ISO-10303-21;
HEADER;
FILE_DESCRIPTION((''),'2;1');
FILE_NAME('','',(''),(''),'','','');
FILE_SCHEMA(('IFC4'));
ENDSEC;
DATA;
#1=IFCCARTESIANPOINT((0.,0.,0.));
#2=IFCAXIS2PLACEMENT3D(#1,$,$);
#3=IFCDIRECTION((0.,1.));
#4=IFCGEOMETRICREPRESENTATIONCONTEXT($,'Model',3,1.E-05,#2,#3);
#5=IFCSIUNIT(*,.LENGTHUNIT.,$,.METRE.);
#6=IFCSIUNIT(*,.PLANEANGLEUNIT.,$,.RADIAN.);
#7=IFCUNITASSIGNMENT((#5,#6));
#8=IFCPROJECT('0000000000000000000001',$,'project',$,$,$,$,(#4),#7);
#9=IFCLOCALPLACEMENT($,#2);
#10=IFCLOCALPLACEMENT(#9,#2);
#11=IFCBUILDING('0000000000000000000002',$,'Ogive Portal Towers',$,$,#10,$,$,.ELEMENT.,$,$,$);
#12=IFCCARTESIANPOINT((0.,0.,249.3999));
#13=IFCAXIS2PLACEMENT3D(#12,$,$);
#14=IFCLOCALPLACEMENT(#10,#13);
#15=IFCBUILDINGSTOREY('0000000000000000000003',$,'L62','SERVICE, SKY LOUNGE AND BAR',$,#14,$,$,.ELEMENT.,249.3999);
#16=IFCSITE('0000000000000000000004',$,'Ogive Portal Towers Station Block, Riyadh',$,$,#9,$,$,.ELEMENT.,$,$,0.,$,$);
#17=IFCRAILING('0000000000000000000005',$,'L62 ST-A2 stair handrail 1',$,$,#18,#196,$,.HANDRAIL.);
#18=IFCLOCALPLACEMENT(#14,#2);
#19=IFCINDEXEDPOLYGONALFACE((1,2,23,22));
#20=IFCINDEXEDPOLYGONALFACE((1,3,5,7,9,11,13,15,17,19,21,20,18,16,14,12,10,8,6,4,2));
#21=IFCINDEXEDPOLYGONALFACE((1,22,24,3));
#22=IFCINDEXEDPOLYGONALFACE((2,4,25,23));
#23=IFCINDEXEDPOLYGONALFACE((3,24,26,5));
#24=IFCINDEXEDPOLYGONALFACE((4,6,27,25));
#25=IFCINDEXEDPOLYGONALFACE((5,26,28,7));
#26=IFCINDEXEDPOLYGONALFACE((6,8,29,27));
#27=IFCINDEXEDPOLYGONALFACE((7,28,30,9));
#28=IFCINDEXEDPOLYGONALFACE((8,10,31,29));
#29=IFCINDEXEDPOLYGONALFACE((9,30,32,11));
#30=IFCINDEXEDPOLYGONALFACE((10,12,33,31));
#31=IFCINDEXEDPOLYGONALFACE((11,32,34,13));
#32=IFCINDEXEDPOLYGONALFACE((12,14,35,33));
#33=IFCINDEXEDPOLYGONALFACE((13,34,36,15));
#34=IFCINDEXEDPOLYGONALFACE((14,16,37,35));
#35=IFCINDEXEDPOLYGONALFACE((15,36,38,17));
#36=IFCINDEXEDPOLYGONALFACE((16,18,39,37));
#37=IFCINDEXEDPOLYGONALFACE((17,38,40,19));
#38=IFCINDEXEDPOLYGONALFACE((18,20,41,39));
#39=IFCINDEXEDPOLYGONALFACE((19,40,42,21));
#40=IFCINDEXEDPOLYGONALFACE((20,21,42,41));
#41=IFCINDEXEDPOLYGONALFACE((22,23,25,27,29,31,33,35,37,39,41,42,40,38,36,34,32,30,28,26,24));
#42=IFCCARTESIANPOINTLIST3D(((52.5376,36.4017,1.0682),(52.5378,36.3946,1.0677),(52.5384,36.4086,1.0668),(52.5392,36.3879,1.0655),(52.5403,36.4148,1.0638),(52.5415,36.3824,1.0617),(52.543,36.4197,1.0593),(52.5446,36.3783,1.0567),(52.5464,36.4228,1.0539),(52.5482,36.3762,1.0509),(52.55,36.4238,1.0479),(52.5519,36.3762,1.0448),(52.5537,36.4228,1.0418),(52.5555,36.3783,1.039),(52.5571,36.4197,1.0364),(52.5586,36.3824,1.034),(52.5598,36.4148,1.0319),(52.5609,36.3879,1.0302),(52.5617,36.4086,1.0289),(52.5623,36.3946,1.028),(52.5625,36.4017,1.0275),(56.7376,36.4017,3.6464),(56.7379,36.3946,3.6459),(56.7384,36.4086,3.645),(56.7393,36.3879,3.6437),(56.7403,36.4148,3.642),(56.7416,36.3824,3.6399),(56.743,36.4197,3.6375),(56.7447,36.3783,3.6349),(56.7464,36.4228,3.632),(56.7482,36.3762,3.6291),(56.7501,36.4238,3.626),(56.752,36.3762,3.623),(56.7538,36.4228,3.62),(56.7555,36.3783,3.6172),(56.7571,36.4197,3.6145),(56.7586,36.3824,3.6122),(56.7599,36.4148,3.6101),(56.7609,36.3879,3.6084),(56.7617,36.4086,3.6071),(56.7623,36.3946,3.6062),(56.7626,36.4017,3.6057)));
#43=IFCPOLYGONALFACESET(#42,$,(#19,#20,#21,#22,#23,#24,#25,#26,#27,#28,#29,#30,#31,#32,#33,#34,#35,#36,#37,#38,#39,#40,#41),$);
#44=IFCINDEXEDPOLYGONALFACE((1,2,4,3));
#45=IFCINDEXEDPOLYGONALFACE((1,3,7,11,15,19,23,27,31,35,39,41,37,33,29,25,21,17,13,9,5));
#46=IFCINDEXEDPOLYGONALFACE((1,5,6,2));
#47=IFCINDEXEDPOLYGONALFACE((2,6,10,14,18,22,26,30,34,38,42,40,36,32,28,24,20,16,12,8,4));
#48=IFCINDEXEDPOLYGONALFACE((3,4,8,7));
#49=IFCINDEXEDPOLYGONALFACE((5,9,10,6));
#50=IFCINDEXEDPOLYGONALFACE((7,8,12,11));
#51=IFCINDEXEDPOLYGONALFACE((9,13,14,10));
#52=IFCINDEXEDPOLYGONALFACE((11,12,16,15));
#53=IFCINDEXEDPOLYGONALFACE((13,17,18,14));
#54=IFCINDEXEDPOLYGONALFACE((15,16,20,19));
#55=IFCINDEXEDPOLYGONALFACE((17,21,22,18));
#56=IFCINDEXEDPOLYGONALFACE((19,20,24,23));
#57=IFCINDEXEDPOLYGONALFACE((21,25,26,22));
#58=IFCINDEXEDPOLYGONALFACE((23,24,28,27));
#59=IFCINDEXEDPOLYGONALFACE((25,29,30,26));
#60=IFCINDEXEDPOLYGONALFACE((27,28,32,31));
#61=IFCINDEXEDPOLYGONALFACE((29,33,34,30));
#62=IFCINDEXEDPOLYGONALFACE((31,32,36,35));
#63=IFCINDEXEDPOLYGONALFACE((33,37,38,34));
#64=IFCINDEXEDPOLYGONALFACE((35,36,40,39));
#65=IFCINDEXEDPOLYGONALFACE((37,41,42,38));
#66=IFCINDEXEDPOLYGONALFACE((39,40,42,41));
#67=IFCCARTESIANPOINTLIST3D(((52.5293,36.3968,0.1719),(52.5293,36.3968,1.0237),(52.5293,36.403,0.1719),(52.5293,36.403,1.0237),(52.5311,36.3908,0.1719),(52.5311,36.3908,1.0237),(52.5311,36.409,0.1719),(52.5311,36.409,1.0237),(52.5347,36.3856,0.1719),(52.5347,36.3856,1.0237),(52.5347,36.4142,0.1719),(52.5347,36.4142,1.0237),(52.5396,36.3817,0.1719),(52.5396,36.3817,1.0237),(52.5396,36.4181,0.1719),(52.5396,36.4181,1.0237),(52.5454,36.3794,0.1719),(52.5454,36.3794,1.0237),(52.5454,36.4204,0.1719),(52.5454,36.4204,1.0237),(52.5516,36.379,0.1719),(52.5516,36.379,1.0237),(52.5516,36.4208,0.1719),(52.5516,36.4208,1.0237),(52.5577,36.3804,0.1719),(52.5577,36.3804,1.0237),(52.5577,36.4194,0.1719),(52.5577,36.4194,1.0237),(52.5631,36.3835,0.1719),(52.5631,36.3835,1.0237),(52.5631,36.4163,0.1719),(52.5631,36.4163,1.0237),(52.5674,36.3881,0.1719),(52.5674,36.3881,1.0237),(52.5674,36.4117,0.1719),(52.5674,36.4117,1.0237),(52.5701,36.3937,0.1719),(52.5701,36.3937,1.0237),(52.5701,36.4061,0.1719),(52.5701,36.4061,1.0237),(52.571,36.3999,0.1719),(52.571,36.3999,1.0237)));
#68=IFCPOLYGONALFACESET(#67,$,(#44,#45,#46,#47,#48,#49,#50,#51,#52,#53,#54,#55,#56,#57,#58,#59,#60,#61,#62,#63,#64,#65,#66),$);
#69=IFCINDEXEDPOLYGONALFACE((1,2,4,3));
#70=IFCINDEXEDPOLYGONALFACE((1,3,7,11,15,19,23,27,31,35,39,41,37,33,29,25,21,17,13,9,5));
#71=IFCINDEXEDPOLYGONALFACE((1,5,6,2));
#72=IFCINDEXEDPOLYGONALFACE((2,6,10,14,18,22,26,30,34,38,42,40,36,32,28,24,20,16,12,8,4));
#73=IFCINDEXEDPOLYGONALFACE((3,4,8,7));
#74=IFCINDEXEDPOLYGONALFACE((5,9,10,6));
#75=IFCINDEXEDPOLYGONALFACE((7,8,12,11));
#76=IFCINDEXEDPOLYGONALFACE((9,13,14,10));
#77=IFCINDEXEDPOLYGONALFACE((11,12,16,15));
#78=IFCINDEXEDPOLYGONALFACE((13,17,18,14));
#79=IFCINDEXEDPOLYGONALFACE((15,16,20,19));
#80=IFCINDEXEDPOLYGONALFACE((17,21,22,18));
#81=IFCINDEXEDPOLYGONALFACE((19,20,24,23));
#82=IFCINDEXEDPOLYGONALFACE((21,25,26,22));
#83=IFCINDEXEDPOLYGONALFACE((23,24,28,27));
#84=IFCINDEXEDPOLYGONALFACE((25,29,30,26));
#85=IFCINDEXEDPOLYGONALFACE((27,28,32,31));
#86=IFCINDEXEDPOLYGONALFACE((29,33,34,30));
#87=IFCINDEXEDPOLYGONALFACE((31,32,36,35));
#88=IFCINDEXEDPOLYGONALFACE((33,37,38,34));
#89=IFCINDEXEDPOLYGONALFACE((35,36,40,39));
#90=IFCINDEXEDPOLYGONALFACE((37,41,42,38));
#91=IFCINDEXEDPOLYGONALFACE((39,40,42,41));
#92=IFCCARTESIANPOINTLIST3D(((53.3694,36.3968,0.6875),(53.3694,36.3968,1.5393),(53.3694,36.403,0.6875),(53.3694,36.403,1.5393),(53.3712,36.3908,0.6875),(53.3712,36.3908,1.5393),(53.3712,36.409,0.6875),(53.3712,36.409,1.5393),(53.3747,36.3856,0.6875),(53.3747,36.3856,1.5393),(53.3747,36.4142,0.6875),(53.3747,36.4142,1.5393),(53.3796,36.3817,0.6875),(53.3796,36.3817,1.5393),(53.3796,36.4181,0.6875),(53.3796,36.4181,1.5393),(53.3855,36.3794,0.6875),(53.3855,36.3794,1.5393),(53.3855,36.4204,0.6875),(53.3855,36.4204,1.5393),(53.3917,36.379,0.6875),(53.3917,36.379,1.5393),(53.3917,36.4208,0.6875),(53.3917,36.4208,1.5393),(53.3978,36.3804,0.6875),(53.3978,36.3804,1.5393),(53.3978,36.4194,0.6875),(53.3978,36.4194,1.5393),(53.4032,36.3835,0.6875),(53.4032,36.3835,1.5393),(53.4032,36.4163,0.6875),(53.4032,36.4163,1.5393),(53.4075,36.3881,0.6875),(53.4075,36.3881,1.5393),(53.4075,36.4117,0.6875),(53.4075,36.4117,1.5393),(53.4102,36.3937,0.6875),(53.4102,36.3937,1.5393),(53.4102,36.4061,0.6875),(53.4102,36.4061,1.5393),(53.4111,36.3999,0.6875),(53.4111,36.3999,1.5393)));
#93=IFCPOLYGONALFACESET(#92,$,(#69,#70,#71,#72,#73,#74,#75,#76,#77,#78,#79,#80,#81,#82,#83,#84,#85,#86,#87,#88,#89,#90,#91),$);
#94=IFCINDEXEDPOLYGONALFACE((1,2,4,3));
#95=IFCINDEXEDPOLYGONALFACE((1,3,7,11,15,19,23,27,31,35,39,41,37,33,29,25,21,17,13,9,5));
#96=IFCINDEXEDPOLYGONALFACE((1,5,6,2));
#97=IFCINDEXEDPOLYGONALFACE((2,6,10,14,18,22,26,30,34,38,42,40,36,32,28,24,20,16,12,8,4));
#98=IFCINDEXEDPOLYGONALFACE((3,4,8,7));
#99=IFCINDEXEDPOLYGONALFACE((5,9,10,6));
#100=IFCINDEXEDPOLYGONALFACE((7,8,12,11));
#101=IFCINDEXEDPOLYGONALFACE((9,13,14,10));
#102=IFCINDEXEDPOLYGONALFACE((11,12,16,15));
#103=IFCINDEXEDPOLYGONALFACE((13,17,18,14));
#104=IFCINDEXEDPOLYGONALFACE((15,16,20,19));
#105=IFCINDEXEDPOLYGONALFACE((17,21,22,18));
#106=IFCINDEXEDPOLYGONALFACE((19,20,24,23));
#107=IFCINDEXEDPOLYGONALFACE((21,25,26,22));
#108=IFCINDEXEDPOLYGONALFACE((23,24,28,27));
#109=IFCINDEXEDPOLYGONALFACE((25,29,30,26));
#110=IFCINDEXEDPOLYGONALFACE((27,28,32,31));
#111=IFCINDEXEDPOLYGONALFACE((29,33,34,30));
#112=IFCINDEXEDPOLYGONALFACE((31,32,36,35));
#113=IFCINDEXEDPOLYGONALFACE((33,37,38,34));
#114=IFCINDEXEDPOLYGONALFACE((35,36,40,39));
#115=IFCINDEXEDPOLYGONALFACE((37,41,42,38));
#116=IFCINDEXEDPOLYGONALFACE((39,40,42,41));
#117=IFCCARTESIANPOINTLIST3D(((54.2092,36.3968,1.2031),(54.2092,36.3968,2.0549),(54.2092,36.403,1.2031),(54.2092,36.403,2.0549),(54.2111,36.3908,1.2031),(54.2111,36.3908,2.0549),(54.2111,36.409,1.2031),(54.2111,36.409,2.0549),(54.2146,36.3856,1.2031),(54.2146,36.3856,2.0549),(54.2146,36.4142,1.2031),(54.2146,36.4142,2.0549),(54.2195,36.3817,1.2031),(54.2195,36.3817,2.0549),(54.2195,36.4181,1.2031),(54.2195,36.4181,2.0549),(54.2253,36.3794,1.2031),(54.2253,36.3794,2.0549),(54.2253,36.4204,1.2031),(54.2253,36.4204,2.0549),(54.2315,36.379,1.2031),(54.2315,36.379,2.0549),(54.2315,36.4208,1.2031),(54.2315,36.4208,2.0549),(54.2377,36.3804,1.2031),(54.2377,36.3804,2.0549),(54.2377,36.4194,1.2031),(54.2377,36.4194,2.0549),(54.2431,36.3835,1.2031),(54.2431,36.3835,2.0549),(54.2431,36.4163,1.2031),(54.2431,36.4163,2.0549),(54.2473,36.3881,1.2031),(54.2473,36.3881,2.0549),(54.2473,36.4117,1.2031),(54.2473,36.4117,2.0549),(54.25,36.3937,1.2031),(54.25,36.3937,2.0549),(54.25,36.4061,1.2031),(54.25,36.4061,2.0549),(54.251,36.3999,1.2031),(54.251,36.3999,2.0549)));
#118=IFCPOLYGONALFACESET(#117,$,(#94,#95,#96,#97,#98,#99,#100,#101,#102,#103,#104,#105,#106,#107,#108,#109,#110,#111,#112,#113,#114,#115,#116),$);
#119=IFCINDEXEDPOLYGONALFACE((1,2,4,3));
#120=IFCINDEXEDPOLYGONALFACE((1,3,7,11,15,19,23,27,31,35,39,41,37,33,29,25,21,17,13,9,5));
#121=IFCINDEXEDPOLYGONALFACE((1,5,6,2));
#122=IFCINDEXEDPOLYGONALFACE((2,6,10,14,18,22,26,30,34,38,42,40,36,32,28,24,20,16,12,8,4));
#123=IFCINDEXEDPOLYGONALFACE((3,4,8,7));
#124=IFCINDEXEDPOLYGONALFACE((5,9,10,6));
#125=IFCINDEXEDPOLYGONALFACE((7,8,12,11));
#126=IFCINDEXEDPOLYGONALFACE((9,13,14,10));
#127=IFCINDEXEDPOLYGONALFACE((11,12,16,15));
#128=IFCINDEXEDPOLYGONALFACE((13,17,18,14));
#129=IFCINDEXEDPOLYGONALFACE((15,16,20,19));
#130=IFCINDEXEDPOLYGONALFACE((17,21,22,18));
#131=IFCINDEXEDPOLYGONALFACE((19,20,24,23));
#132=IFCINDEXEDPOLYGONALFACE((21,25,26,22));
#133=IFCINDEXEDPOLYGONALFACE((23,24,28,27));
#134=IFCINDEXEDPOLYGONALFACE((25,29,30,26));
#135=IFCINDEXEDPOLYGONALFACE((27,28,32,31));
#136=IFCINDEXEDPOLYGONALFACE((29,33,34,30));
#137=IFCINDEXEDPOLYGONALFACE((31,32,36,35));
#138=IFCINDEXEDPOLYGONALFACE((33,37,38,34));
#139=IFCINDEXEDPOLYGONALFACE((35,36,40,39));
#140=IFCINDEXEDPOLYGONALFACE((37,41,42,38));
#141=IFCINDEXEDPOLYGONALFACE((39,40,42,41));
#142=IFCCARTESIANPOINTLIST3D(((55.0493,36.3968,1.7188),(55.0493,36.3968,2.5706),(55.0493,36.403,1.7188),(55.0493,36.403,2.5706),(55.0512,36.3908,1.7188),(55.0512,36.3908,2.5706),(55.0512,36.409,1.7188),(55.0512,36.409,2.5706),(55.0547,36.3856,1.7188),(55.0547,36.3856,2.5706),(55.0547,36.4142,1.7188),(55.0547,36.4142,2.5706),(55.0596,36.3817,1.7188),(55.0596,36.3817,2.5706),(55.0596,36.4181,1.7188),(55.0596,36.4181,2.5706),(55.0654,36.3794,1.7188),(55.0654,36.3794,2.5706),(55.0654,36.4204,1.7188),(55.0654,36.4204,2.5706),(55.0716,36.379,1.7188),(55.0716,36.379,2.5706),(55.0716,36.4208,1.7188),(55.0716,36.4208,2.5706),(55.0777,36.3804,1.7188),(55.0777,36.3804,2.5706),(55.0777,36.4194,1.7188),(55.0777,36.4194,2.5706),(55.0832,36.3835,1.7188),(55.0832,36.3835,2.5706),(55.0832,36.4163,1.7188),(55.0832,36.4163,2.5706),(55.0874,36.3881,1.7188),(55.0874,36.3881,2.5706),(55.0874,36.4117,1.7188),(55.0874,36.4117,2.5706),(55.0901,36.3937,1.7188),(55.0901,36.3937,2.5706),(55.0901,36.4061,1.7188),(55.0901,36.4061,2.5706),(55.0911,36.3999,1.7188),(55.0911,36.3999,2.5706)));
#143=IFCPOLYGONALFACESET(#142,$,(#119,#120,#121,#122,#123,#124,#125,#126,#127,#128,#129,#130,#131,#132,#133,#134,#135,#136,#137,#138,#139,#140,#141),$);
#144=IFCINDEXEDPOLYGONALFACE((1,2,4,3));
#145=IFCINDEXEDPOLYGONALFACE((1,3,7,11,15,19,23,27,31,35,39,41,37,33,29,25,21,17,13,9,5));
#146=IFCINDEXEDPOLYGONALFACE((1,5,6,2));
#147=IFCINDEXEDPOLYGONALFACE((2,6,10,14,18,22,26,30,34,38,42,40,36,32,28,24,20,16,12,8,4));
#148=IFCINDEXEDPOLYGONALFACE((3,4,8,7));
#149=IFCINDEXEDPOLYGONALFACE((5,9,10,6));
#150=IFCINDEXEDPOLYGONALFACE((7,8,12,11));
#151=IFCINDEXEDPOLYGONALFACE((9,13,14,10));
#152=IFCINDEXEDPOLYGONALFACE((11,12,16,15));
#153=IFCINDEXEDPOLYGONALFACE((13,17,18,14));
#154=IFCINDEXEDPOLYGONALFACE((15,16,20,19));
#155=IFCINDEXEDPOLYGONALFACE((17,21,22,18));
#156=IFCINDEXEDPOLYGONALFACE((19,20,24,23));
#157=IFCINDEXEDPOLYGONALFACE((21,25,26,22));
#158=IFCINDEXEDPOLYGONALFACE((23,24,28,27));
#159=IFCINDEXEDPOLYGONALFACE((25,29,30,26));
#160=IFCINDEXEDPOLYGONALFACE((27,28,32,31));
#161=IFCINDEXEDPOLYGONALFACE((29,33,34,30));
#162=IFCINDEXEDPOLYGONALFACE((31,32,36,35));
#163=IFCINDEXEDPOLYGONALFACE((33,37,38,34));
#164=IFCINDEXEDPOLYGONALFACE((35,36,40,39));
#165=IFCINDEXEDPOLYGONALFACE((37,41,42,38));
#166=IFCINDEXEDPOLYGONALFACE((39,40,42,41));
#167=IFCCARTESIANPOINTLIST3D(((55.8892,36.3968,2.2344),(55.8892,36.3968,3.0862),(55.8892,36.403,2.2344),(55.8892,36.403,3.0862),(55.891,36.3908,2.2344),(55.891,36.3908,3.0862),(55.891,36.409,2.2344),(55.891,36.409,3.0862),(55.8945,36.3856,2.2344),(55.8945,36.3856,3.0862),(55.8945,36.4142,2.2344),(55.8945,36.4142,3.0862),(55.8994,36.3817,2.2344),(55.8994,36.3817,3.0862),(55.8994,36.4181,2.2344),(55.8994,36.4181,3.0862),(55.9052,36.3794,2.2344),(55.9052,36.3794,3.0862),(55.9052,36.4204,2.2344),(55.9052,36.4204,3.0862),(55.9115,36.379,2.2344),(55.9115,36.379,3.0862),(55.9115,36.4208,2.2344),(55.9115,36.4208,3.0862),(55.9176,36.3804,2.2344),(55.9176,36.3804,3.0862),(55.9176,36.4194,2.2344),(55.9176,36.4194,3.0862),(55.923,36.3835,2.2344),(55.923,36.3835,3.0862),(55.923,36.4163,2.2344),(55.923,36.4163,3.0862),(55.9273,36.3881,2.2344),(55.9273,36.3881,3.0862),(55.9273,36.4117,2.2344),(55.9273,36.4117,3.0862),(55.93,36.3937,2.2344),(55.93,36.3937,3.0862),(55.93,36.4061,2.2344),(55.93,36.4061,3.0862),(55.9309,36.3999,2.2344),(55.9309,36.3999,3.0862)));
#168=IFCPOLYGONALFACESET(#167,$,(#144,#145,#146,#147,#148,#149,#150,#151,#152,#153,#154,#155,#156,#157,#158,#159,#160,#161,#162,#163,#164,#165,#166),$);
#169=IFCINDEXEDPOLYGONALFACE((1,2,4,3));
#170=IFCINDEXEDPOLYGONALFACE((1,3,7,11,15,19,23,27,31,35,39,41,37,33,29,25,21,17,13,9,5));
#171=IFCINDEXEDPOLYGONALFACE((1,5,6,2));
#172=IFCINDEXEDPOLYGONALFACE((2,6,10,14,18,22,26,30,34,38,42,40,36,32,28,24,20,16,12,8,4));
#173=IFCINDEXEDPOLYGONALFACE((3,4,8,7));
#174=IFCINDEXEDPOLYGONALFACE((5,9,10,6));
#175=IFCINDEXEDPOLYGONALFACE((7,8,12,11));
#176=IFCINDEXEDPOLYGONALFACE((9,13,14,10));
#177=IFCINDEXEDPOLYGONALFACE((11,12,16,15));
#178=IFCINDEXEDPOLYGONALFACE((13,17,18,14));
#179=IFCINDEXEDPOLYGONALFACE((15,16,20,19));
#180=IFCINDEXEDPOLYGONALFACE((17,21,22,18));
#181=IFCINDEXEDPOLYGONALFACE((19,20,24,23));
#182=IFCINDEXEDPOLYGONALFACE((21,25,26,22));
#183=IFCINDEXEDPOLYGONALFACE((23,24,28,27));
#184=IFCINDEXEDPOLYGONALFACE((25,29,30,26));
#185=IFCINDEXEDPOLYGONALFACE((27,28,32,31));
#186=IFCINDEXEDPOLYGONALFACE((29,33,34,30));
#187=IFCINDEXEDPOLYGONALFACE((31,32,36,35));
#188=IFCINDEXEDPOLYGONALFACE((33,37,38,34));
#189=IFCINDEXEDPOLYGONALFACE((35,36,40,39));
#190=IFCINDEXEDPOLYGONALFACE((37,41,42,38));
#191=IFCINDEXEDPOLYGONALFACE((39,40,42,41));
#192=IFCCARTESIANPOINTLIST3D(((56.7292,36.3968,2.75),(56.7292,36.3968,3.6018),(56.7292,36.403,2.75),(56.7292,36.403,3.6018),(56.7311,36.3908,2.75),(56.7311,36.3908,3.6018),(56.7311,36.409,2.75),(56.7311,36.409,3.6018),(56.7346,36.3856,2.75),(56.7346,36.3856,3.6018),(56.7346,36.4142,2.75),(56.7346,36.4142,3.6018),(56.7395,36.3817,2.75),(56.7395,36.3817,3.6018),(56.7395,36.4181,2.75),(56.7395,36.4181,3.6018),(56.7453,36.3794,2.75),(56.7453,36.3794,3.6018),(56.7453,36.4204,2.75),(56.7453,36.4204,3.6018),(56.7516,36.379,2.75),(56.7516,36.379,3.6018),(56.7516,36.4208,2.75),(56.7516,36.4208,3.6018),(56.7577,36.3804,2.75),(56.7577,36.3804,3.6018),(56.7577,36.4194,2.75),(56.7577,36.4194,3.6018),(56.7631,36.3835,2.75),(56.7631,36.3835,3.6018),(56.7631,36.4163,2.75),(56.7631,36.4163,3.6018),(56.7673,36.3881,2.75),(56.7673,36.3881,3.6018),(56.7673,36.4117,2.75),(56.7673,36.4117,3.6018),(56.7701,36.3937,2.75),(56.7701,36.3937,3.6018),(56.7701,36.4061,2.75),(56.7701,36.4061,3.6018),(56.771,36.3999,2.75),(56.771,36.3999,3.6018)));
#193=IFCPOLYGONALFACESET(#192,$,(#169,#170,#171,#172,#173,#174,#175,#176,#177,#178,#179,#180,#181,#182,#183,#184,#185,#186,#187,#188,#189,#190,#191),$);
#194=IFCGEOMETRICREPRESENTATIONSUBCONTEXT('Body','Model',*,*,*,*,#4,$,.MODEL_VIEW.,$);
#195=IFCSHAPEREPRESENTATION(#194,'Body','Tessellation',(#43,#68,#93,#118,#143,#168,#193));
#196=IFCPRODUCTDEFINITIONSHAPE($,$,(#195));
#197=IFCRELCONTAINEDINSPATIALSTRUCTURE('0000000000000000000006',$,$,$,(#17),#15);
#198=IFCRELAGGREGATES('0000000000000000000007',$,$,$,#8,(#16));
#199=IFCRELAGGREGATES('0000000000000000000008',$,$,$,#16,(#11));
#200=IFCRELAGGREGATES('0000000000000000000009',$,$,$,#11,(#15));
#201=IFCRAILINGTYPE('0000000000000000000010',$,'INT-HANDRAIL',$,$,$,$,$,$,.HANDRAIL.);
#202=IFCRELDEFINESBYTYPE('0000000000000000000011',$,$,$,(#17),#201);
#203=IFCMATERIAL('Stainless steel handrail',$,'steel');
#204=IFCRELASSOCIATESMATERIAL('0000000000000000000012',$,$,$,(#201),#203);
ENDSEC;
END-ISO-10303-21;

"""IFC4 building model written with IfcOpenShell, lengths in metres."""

from ifc_helpers import new_model, si_unit, direction, frame, origin, origin_2d, place, context, subcontext, project, spatial, circle, extrude, material, type_object, element, save


model = new_model("IFC4")

# Units and contexts
model_context = context("Model", 3, precision=1e-05, world=origin(), true_north=direction((0.0, 1.0)))
body_context = subcontext(model_context, "Body", "Model", "MODEL_VIEW")
ifc_project = project(units=[si_unit("LENGTHUNIT", "METRE"), si_unit("PLANEANGLEUNIT", "RADIAN")], contexts=[model_context])

# Site, building, storey
site_placement = place(None, origin())
site = spatial("IfcSite", under=ifc_project, at=site_placement, Name="Ogive Portal Towers Station Block, Riyadh", CompositionType="ELEMENT", RefElevation=0.0)
building_placement = place(site_placement, origin())
building = spatial("IfcBuilding", under=site, at=building_placement, Name="Ogive Portal Towers", CompositionType="ELEMENT")
storey_placement = place(building_placement, frame((0.0, 0.0, 249.3999)))
storey = spatial("IfcBuildingStorey", under=building, at=storey_placement, Name="L62", Description="SERVICE, SKY LOUNGE AND BAR", CompositionType="ELEMENT", Elevation=249.3999)

# Railing
ifc_material_1 = material(Name="Stainless steel handrail", Category="steel")
railing_type_1 = type_object("IfcRailingType", Name="INT-HANDRAIL", PredefinedType="HANDRAIL", material=ifc_material_1)
railing_1_placement = place(storey_placement, frame((52.55, 36.3999, 0.1719)))
element("IfcRailing", 1, at=railing_1_placement, inside=storey, type_object=railing_type_1, Name="L62 ST-A2 stair handrail 1", PredefinedType="HANDRAIL", context=body_context, shape_type="SweptSolid", body=[
    extrude(circle(Radius=0.0239, at=origin_2d()), frame((0.0, 0.0, 0.876), z_axis=(0.852243, 0.0, 0.523146), x_axis=(0.0, 1.0, 0.0)), (0.0, 0.0, 1.0), 4.9282),
    extrude(circle(Radius=0.021, at=origin_2d()), origin(), (0.0, 0.0, 1.0), 0.8518),
    extrude(circle(Radius=0.021, at=origin_2d()), frame((0.8401, 0.0, 0.5156)), (0.0, 0.0, 1.0), 0.8518),
    extrude(circle(Radius=0.021, at=origin_2d()), frame((1.6799, 0.0, 1.0312)), (0.0, 0.0, 1.0), 0.8518),
    extrude(circle(Radius=0.021, at=origin_2d()), frame((2.52, 0.0, 1.5469)), (0.0, 0.0, 1.0), 0.8518),
    extrude(circle(Radius=0.021, at=origin_2d()), frame((3.3599, 0.0, 2.0625)), (0.0, 0.0, 1.0), 0.8518),
    extrude(circle(Radius=0.021, at=origin_2d()), frame((4.2, 0.0, 2.5781)), (0.0, 0.0, 1.0), 0.8518),
])

save(model, "model.ifc")
